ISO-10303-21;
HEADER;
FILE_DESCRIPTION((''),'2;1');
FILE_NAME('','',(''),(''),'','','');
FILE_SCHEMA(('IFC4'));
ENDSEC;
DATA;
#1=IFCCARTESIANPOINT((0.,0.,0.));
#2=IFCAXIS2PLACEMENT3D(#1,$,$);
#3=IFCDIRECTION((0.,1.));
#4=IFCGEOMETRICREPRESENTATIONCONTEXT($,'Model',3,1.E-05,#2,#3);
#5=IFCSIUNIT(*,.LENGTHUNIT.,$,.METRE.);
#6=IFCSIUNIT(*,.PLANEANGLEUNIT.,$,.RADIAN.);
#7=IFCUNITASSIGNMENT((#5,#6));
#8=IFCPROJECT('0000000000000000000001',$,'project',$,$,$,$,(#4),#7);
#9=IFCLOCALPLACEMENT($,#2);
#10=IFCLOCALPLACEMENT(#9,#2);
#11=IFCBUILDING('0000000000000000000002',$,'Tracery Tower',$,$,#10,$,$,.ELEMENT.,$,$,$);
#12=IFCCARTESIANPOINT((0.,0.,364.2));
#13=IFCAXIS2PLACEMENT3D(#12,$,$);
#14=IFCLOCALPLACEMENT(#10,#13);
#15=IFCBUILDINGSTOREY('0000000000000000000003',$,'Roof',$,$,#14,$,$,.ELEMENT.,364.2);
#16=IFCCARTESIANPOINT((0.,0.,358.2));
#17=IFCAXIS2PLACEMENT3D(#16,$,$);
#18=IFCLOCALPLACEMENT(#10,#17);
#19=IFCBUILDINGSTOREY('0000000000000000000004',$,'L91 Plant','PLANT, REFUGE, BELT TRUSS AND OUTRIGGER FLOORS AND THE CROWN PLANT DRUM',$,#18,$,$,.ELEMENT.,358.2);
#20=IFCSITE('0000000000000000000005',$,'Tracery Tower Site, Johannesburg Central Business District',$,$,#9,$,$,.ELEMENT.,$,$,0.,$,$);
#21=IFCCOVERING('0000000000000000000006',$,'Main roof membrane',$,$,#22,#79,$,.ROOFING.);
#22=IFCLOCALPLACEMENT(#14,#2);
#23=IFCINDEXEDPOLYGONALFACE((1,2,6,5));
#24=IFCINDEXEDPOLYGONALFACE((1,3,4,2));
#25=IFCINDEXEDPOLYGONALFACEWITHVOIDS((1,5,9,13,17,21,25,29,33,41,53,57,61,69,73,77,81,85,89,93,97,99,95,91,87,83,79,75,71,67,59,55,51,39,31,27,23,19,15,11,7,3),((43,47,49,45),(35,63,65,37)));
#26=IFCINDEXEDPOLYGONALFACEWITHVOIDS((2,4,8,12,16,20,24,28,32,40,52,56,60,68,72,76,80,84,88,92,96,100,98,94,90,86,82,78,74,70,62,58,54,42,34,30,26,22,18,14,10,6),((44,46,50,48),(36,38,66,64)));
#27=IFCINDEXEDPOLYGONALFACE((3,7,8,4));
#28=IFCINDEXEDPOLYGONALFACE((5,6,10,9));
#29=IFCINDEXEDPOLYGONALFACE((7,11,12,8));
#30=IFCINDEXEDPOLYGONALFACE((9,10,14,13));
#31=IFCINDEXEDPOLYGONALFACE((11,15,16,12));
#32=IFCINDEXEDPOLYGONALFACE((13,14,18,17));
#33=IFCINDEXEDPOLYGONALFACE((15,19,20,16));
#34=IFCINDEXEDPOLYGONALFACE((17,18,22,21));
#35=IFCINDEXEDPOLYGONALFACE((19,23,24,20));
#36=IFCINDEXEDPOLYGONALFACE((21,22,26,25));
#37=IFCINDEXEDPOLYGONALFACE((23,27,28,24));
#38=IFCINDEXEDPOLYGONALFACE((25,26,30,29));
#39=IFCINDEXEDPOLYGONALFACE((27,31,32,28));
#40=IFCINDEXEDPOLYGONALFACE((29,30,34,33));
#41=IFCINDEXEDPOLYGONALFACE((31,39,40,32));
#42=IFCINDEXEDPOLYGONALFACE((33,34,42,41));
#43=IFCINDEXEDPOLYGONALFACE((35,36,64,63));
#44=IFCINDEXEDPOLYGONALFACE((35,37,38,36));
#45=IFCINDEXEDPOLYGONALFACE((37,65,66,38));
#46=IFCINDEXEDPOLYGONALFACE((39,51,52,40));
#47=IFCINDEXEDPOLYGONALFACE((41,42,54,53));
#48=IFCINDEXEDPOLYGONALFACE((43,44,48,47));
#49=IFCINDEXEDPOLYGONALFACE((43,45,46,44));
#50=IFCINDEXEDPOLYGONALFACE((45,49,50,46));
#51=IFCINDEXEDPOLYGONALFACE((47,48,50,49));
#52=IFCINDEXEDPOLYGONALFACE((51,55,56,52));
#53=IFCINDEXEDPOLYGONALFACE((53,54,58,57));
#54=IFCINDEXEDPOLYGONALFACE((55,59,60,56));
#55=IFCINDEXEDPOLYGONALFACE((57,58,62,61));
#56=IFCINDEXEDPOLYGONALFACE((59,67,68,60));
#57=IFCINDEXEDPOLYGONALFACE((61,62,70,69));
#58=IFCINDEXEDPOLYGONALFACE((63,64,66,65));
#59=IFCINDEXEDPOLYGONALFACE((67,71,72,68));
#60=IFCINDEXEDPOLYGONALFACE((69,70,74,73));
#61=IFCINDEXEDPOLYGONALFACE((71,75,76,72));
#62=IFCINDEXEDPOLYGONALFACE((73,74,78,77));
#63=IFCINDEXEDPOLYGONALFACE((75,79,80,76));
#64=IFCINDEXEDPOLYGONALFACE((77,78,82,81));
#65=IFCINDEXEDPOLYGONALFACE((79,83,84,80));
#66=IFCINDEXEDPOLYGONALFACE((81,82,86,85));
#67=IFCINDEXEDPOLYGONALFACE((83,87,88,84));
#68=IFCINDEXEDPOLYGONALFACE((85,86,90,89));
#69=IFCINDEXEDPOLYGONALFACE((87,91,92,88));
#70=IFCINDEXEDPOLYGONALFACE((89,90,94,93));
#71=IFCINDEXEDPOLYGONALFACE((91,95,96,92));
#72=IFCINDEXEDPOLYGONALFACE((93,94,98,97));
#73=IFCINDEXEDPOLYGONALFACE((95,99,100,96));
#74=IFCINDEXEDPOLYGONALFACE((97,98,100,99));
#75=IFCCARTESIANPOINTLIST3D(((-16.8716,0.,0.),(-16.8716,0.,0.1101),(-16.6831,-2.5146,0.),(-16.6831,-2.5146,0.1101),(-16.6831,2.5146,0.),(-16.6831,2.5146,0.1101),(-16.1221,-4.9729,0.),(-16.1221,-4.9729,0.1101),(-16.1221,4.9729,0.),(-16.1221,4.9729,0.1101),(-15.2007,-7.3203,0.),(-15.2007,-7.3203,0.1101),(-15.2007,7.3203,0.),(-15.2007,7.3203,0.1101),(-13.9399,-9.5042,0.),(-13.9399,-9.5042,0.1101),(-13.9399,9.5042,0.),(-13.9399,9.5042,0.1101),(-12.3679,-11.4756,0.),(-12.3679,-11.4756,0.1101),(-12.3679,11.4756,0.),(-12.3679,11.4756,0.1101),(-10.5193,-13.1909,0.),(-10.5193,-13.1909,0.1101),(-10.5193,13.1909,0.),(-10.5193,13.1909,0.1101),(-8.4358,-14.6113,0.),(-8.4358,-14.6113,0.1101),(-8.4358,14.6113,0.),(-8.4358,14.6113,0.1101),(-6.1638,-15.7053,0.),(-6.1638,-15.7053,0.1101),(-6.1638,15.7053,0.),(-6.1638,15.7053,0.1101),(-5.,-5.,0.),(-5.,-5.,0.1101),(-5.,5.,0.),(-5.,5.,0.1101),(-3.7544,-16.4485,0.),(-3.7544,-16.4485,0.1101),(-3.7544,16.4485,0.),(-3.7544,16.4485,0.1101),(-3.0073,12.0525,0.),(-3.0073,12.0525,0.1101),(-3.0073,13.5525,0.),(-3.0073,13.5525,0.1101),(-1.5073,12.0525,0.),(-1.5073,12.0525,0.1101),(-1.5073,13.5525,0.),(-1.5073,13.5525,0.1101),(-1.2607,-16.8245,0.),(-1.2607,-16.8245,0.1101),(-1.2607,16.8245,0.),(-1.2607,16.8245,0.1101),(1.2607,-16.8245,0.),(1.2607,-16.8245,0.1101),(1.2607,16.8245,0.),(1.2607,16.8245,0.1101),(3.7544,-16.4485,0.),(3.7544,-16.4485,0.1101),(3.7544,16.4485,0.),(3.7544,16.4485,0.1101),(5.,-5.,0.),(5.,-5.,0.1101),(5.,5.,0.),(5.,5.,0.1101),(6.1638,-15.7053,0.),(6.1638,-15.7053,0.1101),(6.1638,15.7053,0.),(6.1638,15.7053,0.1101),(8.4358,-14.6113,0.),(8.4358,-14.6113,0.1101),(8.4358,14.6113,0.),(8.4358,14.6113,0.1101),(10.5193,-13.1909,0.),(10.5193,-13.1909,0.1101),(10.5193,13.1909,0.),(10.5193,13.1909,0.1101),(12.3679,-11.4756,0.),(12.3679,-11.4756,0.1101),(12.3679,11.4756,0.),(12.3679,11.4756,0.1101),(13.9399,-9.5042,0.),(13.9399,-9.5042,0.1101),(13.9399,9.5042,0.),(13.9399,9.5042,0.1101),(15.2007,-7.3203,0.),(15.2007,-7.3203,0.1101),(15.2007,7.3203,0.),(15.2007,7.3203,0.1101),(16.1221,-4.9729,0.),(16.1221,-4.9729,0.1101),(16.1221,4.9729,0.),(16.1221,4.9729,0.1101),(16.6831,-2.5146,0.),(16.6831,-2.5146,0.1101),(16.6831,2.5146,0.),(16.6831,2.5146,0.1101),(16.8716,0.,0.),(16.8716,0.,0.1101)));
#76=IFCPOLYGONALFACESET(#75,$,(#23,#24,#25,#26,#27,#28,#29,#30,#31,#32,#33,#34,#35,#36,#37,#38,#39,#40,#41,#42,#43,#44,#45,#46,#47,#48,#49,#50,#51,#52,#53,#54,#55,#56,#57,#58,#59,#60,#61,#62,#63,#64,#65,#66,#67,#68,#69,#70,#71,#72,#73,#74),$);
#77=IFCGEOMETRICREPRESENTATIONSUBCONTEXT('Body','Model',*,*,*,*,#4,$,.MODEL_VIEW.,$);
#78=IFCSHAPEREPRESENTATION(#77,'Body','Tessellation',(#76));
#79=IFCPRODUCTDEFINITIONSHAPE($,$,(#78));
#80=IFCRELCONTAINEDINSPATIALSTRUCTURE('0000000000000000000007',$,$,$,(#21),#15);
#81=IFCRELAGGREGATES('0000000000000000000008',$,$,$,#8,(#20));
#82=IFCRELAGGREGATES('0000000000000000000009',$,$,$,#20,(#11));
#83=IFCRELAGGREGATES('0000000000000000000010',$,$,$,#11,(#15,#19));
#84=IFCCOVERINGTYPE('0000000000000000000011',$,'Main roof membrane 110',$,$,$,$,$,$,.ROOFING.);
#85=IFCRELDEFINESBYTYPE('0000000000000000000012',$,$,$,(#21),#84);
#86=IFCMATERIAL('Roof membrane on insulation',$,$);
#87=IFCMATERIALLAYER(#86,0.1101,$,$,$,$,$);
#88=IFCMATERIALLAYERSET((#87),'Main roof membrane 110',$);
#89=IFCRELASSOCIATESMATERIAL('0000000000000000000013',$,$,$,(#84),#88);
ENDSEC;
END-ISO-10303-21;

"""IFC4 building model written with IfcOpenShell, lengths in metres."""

from ifc_helpers import new_model, si_unit, direction, frame, origin, place, context, subcontext, project, spatial, polyline, outline, extrude, material, layer, layer_set, type_object, element, save


model = new_model("IFC4")

# Units and contexts
model_context = context("Model", 3, precision=1e-05, world=origin(), true_north=direction((0.0, 1.0)))
body_context = subcontext(model_context, "Body", "Model", "MODEL_VIEW")
ifc_project = project(units=[si_unit("LENGTHUNIT", "METRE"), si_unit("PLANEANGLEUNIT", "RADIAN")], contexts=[model_context])

# Site, building, storey
site_placement = place(None, origin())
site = spatial("IfcSite", under=ifc_project, at=site_placement, Name="Tracery Tower Site, Johannesburg Central Business District", CompositionType="ELEMENT", RefElevation=0.0)
building_placement = place(site_placement, origin())
building = spatial("IfcBuilding", under=site, at=building_placement, Name="Tracery Tower", CompositionType="ELEMENT")
storey_1_placement = place(building_placement, frame((0.0, 0.0, 364.2)))
storey_1 = spatial("IfcBuildingStorey", under=building, at=storey_1_placement, Name="Roof", CompositionType="ELEMENT", Elevation=364.2)

# Shared definitions
storey_2_placement = place(building_placement, frame((0.0, 0.0, 358.2)))
storey_2 = spatial("IfcBuildingStorey", under=building, at=storey_2_placement, Name="L91 Plant", Description="PLANT, REFUGE, BELT TRUSS AND OUTRIGGER FLOORS AND THE CROWN PLANT DRUM", CompositionType="ELEMENT", Elevation=358.2)

# Covering
ifc_material_1 = material(Name="Roof membrane on insulation")
ifc_layer_1 = layer(ifc_material_1, 0.1101)
ifc_layer_set_1 = layer_set([ifc_layer_1], Name="Main roof membrane 110")
covering_type = type_object("IfcCoveringType", Name="Main roof membrane 110", PredefinedType="ROOFING", material=ifc_layer_set_1)
covering_placement = place(storey_1_placement, origin())
element("IfcCovering", 1, at=covering_placement, inside=storey_1, type_object=covering_type, Name="Main roof membrane", PredefinedType="ROOFING", context=body_context, shape_type="SweptSolid", body=[
    extrude(outline(polyline([(16.8716, 0.0), (16.6831, 2.5146), (16.1221, 4.9729), (15.2007, 7.3203), (13.9399, 9.5042), (12.3679, 11.4756), (10.5193, 13.1909), (8.4358, 14.6113), (6.1638, 15.7053), (3.7544, 16.4485), (1.2607, 16.8245), (-1.2607, 16.8245), (-3.7544, 16.4485), (-6.1638, 15.7053), (-8.4358, 14.6113), (-10.5193, 13.1909), (-12.3679, 11.4756), (-13.9399, 9.5042), (-15.2007, 7.3203), (-16.1221, 4.9729), (-16.6831, 2.5146), (-16.8716, 0.0), (-16.6831, -2.5146), (-16.1221, -4.9729), (-15.2007, -7.3203), (-13.9399, -9.5042), (-12.3679, -11.4756), (-10.5193, -13.1909), (-8.4358, -14.6113), (-6.1638, -15.7053), (-3.7544, -16.4485), (-1.2607, -16.8245), (1.2607, -16.8245), (3.7544, -16.4485), (6.1638, -15.7053), (8.4358, -14.6113), (10.5193, -13.1909), (12.3679, -11.4756), (13.9399, -9.5042), (15.2007, -7.3203), (16.1221, -4.9729), (16.6831, -2.5146), (16.8716, 0.0)]), holes=[polyline([(-5.0, 5.0), (5.0, 5.0), (5.0, -5.0), (-5.0, -5.0), (-5.0, 5.0)]), polyline([(-3.0073, 13.5525), (-1.5073, 13.5525), (-1.5073, 12.0525), (-3.0073, 12.0525), (-3.0073, 13.5525)])]), origin(), (0.0, 0.0, 1.0), 0.1101),
])

save(model, "model.ifc")
